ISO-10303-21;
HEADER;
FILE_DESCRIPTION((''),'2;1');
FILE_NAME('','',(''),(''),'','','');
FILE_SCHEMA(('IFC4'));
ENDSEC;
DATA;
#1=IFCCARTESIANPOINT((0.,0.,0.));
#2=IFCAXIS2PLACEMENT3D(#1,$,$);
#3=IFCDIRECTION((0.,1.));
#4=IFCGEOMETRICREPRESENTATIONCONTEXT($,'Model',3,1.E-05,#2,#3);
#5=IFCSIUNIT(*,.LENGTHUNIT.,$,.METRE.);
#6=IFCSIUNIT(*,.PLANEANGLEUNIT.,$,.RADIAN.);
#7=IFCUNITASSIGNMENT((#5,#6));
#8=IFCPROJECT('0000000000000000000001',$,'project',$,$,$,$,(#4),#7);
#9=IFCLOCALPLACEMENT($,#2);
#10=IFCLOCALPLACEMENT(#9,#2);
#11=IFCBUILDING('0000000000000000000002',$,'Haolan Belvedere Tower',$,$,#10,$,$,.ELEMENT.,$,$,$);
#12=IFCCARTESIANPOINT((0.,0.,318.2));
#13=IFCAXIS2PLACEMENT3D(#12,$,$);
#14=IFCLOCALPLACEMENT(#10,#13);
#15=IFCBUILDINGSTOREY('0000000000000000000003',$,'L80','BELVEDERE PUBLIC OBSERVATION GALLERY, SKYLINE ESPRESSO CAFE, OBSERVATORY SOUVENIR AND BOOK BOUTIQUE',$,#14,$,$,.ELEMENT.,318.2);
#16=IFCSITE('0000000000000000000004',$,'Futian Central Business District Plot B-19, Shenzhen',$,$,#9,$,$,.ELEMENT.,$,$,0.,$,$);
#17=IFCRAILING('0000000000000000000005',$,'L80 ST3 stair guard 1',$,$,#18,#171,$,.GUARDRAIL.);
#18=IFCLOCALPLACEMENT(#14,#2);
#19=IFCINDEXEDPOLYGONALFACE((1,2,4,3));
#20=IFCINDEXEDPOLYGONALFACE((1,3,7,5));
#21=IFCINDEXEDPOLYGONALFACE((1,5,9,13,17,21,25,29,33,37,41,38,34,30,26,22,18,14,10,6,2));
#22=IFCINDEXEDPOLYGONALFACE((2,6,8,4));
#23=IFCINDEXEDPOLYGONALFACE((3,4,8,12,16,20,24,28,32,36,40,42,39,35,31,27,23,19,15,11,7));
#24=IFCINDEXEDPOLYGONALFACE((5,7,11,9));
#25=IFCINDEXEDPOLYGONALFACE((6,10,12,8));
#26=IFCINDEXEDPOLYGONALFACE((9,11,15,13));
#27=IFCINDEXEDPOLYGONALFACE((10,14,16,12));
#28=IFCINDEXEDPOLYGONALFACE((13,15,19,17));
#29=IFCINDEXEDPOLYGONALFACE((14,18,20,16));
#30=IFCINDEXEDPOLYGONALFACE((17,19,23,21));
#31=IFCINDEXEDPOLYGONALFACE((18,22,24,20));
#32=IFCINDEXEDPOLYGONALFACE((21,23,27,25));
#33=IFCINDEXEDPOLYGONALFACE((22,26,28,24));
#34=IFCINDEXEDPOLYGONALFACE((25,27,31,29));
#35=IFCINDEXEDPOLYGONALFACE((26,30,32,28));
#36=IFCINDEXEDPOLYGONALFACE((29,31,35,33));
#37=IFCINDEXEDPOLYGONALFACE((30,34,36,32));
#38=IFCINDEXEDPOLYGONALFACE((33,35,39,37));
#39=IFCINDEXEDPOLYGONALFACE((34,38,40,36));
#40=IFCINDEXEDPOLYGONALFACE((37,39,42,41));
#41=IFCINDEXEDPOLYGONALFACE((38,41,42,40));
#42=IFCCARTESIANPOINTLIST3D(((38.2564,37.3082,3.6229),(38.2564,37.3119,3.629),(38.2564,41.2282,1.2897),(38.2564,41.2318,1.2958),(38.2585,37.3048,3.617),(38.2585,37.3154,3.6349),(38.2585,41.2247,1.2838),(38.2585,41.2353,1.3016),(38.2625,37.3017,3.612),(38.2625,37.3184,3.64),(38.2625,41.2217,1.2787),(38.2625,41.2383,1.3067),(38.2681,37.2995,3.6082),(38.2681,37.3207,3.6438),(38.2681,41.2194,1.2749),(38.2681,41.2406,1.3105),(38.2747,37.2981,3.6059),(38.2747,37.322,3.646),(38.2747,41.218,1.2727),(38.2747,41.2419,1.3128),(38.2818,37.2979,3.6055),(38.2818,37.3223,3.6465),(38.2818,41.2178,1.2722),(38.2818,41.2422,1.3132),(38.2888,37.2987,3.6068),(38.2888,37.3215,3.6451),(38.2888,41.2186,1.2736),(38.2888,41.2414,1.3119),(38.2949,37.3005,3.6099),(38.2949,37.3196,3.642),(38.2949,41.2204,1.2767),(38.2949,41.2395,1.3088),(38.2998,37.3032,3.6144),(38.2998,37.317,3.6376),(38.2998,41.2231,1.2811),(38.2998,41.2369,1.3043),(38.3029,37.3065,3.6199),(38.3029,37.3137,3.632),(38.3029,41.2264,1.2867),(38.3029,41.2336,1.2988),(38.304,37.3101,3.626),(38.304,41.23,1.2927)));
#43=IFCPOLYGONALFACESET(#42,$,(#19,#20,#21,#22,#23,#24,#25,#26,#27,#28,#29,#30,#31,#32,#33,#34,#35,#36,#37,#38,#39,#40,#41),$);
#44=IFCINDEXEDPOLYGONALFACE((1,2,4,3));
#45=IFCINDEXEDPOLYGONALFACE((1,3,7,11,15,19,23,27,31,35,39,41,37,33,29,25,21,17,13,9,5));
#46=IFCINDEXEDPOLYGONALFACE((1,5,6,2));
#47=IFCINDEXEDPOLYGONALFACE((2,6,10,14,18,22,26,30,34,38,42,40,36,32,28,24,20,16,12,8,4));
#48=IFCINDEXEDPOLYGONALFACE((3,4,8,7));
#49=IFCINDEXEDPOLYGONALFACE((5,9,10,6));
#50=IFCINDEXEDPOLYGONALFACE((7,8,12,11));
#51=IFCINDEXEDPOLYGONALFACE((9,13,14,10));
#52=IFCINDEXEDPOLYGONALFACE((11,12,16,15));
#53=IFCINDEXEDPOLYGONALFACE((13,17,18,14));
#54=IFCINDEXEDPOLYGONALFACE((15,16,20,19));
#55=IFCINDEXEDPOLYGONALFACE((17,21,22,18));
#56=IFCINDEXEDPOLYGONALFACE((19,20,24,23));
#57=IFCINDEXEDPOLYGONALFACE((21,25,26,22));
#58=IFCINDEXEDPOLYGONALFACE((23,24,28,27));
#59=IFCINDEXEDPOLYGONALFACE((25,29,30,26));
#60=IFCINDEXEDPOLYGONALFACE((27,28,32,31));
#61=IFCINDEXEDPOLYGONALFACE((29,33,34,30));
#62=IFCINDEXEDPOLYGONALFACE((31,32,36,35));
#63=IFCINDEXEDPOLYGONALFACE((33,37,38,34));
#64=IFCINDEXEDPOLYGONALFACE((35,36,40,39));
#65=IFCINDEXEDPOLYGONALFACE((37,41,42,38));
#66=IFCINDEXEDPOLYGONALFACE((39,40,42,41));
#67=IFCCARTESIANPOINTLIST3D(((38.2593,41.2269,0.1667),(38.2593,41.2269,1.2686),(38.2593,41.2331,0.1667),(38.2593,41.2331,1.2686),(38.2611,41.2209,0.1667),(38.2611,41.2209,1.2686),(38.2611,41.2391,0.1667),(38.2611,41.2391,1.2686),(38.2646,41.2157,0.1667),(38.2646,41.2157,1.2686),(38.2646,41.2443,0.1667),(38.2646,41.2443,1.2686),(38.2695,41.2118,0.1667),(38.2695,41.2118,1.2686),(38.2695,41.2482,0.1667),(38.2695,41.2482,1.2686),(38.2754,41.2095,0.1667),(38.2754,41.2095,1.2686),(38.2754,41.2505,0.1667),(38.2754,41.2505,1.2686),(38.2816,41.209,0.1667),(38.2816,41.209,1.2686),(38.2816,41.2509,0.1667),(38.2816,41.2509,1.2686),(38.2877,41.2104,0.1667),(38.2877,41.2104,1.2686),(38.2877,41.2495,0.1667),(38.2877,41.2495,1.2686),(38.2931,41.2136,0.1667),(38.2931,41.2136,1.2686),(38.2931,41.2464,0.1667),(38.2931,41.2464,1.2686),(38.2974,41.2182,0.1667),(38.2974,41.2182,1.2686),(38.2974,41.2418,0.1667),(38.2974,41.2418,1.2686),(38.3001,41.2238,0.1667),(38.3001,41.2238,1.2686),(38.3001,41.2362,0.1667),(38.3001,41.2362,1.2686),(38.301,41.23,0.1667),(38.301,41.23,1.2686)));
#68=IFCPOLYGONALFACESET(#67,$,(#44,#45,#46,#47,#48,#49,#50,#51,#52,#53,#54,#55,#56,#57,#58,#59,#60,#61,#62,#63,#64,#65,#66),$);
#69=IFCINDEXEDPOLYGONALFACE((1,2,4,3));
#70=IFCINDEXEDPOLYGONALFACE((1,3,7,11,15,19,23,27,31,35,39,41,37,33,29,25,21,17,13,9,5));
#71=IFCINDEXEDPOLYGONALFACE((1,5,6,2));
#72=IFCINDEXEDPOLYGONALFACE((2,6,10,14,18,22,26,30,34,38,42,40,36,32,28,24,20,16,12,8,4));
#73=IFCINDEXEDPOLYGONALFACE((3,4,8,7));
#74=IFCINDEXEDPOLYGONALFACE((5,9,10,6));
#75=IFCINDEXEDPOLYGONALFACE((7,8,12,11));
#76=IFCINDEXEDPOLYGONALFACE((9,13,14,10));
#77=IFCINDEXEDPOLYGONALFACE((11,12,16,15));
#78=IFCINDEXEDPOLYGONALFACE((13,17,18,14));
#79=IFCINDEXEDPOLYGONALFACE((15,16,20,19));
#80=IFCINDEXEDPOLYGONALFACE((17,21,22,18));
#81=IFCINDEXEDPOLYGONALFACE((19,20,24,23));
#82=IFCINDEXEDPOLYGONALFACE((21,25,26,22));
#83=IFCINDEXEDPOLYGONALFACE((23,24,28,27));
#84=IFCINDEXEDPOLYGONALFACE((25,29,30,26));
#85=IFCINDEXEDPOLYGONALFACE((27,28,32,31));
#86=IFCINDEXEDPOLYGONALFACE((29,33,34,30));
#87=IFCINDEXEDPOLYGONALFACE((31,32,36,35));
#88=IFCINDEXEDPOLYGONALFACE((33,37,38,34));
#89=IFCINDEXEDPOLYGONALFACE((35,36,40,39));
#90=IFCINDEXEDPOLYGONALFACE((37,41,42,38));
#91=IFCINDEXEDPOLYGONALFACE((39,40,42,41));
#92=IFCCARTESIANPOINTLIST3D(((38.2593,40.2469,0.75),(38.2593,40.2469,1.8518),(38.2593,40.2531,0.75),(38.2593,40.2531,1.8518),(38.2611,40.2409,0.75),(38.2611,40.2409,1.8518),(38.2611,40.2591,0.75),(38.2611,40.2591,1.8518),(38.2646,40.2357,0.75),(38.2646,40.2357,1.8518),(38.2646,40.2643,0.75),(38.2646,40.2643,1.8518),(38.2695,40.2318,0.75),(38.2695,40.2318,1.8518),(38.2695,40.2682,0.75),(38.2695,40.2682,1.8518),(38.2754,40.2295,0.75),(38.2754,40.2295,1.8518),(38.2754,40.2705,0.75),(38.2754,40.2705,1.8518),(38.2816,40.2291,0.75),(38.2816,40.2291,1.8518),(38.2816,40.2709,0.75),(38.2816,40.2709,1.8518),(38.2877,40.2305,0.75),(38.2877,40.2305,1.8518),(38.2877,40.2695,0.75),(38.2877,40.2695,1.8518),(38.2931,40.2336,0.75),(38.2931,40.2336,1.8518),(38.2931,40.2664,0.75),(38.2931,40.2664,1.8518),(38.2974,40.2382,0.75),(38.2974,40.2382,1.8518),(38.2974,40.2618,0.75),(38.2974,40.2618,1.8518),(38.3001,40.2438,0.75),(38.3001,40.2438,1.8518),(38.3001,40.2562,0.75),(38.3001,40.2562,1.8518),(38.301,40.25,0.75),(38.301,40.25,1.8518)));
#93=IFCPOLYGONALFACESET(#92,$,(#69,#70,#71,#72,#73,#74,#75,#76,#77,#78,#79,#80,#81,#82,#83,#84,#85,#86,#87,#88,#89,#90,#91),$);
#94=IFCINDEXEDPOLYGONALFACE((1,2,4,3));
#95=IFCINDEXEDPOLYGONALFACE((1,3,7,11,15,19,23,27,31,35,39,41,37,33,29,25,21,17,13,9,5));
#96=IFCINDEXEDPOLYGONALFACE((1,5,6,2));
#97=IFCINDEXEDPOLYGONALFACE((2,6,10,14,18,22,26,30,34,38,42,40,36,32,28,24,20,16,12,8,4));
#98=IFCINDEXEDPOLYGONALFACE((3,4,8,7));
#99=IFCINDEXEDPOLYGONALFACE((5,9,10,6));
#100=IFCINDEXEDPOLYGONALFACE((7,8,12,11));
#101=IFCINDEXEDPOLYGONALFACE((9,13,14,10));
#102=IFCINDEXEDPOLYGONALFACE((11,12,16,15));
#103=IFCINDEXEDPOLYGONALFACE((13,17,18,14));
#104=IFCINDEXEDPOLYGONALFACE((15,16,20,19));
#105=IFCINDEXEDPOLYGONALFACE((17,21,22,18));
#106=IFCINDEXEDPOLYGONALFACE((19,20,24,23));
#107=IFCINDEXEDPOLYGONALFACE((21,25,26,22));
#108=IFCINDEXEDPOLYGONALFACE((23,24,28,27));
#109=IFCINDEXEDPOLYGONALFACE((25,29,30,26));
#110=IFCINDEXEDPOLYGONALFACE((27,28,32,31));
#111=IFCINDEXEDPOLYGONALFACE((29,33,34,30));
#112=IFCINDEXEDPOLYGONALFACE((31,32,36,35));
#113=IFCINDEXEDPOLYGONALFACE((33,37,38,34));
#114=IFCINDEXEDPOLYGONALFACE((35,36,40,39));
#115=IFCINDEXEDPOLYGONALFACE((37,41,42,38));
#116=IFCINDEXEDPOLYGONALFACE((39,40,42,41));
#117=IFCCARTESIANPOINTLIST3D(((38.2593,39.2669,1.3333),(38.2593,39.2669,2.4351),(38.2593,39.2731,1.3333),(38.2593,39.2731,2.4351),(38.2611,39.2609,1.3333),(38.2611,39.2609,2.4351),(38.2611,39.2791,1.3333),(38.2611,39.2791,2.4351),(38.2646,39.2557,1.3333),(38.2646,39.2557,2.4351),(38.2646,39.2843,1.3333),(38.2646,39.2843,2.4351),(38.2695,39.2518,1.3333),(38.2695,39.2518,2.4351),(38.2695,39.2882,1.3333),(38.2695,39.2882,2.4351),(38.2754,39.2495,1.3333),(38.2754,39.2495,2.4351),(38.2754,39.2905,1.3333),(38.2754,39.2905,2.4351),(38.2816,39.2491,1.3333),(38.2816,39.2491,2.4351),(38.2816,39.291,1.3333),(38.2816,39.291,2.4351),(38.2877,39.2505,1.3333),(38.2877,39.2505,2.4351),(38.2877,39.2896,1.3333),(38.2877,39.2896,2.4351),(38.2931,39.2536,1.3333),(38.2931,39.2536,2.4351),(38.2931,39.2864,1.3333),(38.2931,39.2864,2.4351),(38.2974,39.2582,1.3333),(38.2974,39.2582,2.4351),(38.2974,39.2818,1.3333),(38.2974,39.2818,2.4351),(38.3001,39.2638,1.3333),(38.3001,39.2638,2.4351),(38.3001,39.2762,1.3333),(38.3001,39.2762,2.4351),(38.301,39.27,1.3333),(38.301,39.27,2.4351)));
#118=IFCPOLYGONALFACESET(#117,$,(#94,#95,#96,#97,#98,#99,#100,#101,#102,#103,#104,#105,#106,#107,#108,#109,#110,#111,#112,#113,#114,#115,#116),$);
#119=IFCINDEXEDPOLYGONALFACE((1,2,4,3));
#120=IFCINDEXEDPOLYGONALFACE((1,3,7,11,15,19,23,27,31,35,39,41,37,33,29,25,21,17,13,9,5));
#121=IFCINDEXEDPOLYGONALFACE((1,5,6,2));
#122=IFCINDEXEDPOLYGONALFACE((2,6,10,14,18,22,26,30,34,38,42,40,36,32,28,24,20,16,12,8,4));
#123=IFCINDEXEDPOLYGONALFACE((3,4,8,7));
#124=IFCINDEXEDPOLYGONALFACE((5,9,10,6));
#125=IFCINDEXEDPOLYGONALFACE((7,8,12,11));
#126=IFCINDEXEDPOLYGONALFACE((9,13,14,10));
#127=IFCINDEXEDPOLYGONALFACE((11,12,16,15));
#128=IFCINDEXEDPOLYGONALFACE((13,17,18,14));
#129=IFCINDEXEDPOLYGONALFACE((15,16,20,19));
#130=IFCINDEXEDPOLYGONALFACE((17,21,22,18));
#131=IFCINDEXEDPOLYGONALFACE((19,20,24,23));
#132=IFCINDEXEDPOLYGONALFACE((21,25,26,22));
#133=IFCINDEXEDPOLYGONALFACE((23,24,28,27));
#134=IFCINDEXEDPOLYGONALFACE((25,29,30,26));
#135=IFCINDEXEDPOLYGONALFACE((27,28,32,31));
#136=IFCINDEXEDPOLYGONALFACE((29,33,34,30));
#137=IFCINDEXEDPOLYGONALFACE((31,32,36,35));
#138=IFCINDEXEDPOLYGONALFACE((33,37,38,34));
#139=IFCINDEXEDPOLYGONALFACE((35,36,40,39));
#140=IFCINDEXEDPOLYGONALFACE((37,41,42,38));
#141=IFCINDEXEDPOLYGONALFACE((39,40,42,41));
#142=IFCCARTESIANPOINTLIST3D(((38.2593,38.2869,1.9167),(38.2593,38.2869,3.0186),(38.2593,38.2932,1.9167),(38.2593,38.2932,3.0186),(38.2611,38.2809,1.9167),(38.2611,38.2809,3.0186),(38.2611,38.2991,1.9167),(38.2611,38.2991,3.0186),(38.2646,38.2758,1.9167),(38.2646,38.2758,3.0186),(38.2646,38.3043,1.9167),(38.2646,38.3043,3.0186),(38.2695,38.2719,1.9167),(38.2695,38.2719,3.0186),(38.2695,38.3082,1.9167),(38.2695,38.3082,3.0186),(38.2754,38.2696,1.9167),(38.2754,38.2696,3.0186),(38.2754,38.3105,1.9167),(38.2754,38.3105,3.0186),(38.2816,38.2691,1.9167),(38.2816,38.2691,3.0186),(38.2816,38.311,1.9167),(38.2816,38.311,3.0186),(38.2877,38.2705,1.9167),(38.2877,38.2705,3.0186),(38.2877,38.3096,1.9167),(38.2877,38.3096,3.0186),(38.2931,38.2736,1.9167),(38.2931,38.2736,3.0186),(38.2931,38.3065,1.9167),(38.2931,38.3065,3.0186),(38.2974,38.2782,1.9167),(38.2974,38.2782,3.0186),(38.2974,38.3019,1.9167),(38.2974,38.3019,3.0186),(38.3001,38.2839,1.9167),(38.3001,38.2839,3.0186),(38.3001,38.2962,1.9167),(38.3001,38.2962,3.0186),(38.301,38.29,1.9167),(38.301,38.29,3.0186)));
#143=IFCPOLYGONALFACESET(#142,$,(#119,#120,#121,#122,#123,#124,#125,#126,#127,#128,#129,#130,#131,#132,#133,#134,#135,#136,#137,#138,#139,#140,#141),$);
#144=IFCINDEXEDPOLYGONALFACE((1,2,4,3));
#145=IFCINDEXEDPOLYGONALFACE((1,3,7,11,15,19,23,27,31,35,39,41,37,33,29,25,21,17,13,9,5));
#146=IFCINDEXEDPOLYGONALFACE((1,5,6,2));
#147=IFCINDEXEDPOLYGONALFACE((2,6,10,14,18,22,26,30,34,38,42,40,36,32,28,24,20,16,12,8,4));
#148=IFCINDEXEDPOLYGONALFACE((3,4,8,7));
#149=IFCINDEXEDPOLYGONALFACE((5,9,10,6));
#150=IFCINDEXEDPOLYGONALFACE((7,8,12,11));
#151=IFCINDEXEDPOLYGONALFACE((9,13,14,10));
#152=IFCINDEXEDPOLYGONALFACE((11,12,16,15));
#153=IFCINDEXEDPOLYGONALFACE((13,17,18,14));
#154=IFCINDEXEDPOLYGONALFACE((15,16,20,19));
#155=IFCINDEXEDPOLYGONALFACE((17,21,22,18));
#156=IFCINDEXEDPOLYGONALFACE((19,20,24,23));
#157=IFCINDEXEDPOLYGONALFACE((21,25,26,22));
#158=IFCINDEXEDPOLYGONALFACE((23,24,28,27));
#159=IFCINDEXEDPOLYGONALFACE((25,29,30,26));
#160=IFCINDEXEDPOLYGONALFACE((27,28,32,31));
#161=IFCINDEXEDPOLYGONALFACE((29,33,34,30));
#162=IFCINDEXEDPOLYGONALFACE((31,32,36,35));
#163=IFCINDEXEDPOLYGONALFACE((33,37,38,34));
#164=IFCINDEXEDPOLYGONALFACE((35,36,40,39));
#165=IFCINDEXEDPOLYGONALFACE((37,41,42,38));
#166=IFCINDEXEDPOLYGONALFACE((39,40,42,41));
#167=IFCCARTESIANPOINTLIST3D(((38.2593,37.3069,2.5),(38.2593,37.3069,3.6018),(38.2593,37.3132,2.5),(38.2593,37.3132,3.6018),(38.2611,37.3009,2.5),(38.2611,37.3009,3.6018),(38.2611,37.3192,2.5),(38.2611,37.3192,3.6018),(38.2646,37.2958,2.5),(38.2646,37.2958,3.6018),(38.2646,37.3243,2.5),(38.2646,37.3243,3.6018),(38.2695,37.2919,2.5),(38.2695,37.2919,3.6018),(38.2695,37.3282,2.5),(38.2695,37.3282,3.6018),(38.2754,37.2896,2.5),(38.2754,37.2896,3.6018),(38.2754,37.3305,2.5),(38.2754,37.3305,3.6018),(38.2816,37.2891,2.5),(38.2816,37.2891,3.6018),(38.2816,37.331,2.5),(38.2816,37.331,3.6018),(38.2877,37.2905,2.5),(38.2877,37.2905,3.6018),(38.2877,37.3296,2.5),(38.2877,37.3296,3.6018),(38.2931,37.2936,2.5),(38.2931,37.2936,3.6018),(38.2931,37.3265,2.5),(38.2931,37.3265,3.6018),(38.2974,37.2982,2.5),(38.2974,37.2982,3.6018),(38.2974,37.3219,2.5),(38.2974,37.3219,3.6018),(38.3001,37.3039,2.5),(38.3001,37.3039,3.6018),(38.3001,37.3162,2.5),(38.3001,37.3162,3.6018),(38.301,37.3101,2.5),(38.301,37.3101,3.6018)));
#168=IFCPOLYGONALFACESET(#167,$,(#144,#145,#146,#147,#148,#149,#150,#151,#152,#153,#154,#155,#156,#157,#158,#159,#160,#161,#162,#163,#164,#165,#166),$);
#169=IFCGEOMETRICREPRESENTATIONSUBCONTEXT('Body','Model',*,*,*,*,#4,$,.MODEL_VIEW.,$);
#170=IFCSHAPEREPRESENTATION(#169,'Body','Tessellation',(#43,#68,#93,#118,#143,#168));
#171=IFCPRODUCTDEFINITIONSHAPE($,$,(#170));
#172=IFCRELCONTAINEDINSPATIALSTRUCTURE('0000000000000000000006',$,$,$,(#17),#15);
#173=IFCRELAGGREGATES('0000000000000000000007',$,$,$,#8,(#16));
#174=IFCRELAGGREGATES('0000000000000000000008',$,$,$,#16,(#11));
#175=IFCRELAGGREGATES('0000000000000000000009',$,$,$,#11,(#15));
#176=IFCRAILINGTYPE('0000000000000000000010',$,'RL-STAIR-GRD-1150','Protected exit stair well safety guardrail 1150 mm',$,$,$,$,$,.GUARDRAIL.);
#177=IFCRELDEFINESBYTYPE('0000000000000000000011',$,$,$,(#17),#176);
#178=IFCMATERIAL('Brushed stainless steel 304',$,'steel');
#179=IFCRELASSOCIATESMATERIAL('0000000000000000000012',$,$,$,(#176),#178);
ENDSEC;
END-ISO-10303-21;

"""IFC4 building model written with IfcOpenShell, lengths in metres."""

from ifc_helpers import new_model, si_unit, direction, frame, origin, origin_2d, place, context, subcontext, project, spatial, circle, extrude, material, type_object, element, save


model = new_model("IFC4")

# Units and contexts
model_context = context("Model", 3, precision=1e-05, world=origin(), true_north=direction((0.0, 1.0)))
body_context = subcontext(model_context, "Body", "Model", "MODEL_VIEW")
ifc_project = project(units=[si_unit("LENGTHUNIT", "METRE"), si_unit("PLANEANGLEUNIT", "RADIAN")], contexts=[model_context])

# Site, building, storey
site_placement = place(None, origin())
site = spatial("IfcSite", under=ifc_project, at=site_placement, Name="Futian Central Business District Plot B-19, Shenzhen", CompositionType="ELEMENT", RefElevation=0.0)
building_placement = place(site_placement, origin())
building = spatial("IfcBuilding", under=site, at=building_placement, Name="Haolan Belvedere Tower", CompositionType="ELEMENT")
storey_placement = place(building_placement, frame((0.0, 0.0, 318.2)))
storey = spatial("IfcBuildingStorey", under=building, at=storey_placement, Name="L80", Description="BELVEDERE PUBLIC OBSERVATION GALLERY, SKYLINE ESPRESSO CAFE, OBSERVATORY SOUVENIR AND BOOK BOUTIQUE", CompositionType="ELEMENT", Elevation=318.2)

# Railing
ifc_material_1 = material(Name="Brushed stainless steel 304", Category="steel")
railing_type_1 = type_object("IfcRailingType", Name="RL-STAIR-GRD-1150", Description="Protected exit stair well safety guardrail 1150 mm", PredefinedType="GUARDRAIL", material=ifc_material_1)
railing_1_placement = place(storey_placement, frame((38.28, 41.23, 0.1667)))
element("IfcRailing", 1, at=railing_1_placement, inside=storey, type_object=railing_type_1, Name="L80 ST3 stair guard 1", PredefinedType="GUARDRAIL", context=body_context, shape_type="SweptSolid", body=[
    extrude(circle(Radius=0.0239, at=origin_2d()), frame((0.0, 0.0, 1.126), z_axis=(0.0, -0.859296, 0.511478), x_axis=(1.0, 0.0, 0.0)), (0.0, 0.0, 1.0), 4.5618),
    extrude(circle(Radius=0.021, at=origin_2d()), origin(), (0.0, 0.0, 1.0), 1.1018),
    extrude(circle(Radius=0.021, at=origin_2d()), frame((0.0, -0.98, 0.5833)), (0.0, 0.0, 1.0), 1.1018),
    extrude(circle(Radius=0.021, at=origin_2d()), frame((0.0, -1.96, 1.1665)), (0.0, 0.0, 1.0), 1.1018),
    extrude(circle(Radius=0.021, at=origin_2d()), frame((0.0, -2.9399, 1.75)), (0.0, 0.0, 1.0), 1.1018),
    extrude(circle(Radius=0.021, at=origin_2d()), frame((0.0, -3.9199, 2.3333)), (0.0, 0.0, 1.0), 1.1018),
])

save(model, "model.ifc")
